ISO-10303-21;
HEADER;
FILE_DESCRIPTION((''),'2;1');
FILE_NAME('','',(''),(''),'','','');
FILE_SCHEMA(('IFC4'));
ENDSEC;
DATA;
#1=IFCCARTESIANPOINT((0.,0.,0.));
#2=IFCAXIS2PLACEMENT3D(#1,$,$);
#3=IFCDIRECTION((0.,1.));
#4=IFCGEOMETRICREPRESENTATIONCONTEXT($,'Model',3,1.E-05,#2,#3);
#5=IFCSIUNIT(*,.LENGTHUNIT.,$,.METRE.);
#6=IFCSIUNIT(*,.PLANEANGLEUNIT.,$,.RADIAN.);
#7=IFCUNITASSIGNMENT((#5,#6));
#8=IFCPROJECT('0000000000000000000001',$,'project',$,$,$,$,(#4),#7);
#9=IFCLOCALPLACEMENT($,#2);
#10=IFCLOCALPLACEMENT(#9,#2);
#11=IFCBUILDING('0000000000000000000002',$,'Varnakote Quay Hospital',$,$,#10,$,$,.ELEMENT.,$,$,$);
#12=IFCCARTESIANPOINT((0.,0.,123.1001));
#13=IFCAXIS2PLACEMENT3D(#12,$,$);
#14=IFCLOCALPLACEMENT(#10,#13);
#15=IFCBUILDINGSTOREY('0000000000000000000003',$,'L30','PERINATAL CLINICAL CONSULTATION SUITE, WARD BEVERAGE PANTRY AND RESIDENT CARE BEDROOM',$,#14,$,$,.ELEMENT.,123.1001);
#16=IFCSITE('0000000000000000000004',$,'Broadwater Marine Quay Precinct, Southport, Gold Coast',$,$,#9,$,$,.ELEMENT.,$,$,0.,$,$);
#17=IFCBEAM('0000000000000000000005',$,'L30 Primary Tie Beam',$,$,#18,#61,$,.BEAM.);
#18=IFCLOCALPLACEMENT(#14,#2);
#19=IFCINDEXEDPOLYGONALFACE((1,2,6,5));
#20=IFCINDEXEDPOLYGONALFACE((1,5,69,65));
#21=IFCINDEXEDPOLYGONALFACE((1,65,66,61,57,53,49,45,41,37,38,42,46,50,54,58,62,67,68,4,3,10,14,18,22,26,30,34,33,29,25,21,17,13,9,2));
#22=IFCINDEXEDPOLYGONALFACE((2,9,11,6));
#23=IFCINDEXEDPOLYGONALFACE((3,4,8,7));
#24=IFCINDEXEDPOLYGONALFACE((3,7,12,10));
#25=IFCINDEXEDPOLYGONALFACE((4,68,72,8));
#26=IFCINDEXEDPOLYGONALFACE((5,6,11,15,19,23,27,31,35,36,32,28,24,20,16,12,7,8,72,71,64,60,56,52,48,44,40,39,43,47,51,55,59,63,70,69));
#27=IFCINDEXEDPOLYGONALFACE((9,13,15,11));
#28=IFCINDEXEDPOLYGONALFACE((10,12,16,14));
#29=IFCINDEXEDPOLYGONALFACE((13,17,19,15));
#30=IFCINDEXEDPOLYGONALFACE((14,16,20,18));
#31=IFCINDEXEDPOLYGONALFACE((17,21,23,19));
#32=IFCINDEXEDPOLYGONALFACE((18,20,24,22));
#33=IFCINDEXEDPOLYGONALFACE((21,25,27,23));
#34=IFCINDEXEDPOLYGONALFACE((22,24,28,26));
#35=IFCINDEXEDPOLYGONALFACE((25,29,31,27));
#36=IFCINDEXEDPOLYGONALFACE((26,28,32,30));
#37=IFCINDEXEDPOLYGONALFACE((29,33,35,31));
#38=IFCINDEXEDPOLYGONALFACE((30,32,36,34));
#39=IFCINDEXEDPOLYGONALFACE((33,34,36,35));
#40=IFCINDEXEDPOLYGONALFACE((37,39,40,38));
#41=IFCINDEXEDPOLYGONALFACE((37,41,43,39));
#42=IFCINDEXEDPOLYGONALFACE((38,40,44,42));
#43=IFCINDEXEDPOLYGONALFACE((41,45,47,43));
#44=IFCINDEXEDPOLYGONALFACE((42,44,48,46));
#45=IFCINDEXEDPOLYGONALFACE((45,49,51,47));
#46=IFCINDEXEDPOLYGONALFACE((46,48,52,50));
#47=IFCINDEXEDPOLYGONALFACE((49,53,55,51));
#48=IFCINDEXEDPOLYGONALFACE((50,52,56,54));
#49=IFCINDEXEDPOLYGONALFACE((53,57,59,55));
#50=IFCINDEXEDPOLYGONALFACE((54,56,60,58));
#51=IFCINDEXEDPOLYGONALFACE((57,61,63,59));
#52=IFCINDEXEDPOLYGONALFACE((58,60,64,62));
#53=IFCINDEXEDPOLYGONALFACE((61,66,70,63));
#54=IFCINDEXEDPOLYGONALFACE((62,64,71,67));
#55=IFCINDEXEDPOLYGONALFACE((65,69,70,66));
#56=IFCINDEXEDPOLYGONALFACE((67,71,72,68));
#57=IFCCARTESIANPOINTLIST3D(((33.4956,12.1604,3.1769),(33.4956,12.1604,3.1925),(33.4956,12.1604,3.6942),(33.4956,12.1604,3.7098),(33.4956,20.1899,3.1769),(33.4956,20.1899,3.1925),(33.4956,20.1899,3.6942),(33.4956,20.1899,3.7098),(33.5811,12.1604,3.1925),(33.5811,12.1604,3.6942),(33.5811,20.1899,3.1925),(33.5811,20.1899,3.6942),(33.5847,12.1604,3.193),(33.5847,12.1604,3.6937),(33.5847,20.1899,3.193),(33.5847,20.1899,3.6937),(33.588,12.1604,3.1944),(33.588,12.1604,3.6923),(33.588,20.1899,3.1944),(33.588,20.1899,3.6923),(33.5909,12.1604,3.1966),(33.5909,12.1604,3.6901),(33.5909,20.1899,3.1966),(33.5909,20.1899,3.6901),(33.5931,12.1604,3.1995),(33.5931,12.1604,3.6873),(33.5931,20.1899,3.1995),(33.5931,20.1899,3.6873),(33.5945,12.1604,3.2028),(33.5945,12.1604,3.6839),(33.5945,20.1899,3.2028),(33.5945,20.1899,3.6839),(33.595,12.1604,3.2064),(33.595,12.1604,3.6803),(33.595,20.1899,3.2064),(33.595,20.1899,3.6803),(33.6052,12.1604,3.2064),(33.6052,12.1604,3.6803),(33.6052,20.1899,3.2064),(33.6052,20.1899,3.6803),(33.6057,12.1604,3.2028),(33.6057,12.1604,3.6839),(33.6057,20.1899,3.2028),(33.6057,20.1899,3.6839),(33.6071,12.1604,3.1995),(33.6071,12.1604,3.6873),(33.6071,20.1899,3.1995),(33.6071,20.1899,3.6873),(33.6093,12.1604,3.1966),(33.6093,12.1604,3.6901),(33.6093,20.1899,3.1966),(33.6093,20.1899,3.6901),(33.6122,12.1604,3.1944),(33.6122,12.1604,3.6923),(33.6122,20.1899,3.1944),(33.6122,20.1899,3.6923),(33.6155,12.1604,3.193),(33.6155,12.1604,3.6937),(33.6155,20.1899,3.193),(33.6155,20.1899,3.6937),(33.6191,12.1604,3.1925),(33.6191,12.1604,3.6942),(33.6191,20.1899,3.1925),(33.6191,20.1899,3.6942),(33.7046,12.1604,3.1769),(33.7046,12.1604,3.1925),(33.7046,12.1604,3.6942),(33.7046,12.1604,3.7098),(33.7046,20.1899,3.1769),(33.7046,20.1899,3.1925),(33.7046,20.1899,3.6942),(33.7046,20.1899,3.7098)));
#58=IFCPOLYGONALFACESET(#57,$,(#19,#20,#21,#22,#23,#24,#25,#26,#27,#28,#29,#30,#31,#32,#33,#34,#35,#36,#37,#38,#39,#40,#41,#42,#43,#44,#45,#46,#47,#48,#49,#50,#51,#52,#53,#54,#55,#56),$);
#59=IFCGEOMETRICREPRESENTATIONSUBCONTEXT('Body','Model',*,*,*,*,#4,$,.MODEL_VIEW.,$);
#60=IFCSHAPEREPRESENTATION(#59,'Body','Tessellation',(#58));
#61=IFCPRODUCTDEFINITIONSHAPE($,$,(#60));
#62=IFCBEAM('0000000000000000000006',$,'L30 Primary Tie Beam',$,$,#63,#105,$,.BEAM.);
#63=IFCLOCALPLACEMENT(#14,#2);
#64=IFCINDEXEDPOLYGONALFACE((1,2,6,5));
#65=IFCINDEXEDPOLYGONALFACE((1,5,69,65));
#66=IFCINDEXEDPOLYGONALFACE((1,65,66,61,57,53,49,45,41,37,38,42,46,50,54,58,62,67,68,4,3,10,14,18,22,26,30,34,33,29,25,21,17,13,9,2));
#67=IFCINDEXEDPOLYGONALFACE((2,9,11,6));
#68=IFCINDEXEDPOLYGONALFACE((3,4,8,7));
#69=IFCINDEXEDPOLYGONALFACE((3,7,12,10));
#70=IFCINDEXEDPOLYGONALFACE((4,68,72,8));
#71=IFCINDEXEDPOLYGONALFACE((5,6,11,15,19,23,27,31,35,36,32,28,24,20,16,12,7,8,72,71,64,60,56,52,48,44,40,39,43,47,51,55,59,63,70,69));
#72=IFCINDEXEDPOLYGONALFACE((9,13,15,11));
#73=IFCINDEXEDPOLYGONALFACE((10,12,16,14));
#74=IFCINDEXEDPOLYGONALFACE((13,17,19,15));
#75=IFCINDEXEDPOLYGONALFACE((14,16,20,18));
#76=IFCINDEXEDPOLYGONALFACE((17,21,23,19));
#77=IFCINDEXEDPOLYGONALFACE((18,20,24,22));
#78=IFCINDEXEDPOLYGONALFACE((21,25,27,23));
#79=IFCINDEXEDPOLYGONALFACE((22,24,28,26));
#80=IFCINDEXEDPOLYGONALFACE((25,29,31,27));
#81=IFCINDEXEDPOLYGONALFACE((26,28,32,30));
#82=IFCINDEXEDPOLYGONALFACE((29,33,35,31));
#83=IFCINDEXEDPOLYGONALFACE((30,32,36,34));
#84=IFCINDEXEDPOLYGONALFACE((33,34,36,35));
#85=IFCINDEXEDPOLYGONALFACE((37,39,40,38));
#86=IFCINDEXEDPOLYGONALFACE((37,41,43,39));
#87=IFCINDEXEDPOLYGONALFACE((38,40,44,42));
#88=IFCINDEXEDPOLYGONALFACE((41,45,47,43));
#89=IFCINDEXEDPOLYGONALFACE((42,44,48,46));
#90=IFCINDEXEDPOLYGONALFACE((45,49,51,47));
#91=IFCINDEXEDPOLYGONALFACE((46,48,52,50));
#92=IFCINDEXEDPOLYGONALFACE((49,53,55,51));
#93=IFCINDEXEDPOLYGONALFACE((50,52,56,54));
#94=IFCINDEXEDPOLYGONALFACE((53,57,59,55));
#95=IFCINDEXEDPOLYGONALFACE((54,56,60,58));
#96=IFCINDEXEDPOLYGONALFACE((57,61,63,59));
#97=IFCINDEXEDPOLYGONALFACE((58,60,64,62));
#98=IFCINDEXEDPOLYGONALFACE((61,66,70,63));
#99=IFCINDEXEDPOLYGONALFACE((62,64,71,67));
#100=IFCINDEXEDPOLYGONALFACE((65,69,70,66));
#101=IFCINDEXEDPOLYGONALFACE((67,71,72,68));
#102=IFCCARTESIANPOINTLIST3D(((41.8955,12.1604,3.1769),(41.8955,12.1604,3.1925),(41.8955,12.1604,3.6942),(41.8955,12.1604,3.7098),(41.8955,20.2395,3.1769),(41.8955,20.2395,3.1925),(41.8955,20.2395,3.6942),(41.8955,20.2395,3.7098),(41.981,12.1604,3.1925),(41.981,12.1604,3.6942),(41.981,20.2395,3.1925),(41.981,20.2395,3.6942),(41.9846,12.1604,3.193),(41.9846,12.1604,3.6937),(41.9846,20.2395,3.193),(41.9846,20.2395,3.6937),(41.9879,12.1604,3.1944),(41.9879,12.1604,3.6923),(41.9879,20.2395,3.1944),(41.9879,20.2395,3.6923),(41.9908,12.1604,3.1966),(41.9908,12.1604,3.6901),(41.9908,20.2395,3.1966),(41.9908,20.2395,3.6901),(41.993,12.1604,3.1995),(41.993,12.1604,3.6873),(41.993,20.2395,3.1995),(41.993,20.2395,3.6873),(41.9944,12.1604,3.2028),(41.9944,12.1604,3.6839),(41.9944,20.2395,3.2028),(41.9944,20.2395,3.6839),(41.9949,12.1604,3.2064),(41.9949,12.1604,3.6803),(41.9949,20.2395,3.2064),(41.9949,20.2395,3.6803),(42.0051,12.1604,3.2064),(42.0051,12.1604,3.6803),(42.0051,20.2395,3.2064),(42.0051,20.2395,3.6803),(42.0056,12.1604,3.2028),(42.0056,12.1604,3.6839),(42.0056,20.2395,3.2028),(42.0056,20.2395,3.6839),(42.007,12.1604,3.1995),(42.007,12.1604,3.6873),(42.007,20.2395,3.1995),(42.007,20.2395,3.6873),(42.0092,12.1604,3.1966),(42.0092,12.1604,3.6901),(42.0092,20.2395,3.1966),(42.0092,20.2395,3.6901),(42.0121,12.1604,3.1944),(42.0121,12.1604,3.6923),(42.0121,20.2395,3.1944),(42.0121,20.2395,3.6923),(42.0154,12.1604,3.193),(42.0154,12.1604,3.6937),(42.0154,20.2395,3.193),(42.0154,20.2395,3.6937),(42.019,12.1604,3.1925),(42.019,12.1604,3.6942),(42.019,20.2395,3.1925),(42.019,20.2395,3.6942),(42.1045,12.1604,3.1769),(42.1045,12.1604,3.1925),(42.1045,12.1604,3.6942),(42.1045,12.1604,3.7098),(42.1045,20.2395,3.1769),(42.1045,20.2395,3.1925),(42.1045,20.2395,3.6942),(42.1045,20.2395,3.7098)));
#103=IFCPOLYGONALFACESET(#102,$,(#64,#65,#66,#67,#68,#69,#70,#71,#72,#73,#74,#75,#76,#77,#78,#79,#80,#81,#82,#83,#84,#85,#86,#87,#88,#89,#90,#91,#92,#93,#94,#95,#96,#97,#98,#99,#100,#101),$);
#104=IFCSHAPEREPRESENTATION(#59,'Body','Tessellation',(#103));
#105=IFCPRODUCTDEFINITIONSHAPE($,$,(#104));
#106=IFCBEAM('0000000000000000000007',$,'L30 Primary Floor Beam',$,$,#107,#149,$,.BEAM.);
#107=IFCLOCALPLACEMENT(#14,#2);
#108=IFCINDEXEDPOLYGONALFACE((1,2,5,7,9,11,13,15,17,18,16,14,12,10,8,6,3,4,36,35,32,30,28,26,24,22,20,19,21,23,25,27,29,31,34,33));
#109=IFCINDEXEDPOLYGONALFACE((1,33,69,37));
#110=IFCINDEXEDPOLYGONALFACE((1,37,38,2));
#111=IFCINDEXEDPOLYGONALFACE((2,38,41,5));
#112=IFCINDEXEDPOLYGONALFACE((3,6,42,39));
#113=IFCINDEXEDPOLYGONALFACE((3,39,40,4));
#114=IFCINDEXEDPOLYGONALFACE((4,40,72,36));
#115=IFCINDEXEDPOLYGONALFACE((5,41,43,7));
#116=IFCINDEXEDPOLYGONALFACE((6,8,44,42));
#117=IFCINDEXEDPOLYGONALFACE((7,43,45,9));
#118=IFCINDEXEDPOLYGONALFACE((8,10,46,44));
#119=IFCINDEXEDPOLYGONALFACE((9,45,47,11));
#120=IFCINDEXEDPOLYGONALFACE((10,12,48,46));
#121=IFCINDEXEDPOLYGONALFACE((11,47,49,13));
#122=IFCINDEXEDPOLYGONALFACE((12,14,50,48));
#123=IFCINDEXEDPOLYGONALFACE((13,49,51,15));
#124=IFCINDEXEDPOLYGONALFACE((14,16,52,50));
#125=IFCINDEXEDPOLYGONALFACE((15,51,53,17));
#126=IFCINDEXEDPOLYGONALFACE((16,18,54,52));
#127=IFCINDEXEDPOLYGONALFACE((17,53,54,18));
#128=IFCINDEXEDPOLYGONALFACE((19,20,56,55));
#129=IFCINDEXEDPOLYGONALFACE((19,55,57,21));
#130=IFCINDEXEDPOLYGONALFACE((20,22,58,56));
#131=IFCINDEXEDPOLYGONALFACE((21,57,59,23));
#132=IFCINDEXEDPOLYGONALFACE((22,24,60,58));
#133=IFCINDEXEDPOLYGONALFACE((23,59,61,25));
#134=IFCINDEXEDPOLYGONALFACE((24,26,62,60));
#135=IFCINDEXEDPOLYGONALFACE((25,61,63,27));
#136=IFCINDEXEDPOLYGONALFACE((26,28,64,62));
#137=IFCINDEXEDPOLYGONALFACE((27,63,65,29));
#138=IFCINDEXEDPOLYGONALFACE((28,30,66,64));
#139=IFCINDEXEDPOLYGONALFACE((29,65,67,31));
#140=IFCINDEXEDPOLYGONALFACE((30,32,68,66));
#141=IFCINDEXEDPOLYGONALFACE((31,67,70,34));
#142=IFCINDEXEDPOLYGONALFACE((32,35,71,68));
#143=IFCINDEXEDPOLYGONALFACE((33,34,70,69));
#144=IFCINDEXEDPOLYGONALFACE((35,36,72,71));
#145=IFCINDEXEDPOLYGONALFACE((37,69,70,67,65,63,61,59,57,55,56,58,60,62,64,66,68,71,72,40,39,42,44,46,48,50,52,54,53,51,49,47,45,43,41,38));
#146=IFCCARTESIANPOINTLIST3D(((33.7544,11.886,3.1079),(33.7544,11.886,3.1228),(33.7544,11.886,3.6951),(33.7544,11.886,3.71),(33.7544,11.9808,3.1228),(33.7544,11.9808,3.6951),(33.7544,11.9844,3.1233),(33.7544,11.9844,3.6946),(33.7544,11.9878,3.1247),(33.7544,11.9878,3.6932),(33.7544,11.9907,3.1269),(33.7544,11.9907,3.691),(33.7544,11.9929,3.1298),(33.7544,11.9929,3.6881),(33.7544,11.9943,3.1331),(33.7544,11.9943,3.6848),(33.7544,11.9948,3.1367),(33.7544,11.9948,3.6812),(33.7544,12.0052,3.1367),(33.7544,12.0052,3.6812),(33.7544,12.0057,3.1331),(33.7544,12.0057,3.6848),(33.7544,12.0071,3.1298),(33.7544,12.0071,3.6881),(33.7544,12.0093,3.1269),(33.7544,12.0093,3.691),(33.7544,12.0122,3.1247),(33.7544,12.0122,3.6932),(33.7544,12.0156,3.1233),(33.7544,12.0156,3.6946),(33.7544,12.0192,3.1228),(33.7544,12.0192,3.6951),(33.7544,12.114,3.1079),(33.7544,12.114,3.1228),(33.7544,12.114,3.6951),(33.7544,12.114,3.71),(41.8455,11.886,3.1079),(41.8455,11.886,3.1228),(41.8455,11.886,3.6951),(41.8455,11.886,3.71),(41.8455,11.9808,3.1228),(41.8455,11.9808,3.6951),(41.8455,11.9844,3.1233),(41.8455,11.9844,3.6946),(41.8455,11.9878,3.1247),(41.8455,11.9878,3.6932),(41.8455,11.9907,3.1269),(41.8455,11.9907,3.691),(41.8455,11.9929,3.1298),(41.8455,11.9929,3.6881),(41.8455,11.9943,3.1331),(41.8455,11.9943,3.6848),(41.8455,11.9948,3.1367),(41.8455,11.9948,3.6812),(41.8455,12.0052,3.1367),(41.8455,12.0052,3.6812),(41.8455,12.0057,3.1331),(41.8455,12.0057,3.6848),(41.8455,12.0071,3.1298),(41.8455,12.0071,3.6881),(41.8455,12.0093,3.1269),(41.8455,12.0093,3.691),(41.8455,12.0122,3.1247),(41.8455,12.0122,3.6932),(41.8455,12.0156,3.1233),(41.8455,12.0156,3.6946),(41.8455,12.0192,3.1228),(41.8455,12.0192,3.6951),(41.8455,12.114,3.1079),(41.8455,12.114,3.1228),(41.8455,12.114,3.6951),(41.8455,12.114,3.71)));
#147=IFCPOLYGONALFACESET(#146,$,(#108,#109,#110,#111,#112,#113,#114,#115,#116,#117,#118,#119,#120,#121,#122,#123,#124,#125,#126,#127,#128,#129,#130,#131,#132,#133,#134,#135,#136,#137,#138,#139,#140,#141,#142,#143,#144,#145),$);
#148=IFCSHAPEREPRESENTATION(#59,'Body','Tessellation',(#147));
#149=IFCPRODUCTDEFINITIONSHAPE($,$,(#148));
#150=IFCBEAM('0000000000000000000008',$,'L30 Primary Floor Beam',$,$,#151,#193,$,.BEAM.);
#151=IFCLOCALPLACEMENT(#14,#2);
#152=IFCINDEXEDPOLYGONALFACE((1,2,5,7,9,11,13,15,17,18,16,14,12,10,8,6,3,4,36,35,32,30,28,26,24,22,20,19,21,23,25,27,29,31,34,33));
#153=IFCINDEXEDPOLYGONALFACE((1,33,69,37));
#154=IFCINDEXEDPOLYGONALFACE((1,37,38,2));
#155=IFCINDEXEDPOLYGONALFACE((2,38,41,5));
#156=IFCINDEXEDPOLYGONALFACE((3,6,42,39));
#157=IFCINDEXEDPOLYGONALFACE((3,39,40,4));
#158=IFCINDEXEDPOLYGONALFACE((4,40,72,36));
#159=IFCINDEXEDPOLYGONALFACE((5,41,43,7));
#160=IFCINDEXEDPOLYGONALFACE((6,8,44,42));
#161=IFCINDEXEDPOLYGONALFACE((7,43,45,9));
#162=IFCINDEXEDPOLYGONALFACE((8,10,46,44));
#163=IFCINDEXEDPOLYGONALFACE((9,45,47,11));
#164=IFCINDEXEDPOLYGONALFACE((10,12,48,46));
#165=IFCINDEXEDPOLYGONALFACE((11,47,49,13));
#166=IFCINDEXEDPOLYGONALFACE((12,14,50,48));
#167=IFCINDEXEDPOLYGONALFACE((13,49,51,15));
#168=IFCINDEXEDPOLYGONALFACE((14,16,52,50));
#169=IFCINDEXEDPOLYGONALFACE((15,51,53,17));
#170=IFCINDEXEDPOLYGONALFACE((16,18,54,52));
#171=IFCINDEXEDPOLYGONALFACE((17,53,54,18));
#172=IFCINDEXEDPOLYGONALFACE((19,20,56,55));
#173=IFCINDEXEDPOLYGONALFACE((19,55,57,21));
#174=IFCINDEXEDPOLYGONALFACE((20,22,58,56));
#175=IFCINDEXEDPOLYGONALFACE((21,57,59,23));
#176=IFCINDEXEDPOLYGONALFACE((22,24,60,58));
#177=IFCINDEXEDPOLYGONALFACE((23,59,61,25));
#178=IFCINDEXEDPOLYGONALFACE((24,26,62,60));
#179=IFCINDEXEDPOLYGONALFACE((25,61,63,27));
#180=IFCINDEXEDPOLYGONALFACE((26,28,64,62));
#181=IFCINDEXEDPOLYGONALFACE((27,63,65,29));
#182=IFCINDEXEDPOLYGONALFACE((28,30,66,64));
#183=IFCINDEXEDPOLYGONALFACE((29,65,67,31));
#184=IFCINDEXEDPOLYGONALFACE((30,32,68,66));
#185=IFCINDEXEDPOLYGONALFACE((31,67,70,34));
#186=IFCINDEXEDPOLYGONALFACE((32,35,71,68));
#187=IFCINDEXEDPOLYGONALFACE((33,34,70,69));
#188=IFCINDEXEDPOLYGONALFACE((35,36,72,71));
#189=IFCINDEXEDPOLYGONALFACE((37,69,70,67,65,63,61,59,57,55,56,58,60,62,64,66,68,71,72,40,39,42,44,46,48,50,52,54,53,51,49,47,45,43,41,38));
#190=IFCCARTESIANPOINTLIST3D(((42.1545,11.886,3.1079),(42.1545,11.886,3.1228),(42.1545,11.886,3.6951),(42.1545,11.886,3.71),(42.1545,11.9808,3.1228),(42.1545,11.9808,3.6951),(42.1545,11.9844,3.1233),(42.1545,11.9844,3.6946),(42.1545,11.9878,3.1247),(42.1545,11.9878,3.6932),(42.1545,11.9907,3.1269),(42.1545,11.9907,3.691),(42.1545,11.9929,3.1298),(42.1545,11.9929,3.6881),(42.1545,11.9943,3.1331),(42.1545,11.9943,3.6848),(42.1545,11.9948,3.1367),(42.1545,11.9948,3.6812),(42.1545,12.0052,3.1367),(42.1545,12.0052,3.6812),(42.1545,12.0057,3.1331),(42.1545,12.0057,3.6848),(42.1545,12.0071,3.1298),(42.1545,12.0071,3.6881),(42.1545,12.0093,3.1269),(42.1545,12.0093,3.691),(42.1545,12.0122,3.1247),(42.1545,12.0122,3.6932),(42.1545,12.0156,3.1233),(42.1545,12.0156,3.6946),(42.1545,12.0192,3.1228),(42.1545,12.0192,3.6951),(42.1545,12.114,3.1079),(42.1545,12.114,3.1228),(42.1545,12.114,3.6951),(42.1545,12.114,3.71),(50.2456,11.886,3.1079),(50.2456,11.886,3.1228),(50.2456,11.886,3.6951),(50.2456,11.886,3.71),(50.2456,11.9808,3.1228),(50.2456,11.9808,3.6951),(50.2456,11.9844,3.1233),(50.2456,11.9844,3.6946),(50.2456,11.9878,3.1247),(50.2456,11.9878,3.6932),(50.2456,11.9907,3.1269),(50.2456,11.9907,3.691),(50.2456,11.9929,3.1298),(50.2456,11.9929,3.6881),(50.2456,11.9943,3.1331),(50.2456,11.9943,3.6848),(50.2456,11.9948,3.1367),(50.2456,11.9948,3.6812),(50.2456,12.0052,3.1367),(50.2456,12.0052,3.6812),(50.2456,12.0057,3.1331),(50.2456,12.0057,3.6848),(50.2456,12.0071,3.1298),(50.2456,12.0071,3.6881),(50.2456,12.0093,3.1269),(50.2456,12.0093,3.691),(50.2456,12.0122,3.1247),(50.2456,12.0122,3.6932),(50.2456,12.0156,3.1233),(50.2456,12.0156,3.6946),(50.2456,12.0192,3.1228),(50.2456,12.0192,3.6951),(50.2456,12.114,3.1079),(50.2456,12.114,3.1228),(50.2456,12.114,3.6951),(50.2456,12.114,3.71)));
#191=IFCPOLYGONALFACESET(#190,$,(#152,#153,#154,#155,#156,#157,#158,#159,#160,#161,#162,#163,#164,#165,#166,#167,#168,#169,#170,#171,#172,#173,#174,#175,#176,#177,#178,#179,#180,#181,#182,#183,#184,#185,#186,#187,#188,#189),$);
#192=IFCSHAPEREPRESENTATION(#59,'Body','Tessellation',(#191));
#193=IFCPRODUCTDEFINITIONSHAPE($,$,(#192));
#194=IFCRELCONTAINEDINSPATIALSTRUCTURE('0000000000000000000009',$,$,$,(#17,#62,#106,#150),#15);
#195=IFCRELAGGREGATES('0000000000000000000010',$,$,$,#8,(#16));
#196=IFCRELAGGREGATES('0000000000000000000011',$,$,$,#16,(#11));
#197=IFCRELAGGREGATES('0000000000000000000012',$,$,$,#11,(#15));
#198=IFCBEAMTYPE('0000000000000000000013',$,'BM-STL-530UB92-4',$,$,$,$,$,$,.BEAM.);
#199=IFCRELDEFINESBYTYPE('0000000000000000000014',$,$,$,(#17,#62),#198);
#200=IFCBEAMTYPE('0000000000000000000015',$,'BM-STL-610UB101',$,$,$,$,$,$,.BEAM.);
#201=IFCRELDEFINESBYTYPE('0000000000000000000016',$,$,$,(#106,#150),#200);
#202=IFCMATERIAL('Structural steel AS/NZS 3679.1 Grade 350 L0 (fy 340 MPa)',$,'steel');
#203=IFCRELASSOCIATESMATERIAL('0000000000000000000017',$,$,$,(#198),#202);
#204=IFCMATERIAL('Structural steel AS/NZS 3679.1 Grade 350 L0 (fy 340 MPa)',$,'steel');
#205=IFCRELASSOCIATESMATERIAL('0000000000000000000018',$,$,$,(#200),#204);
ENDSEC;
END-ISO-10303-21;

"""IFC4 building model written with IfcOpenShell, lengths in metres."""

from ifc_helpers import new_model, si_unit, direction, frame, origin, origin_2d, place, context, subcontext, project, spatial, i_section, extrude, material, material_profile, profile_set, type_object, element, save


model = new_model("IFC4")

# Units and contexts
model_context = context("Model", 3, precision=1e-05, world=origin(), true_north=direction((0.0, 1.0)))
body_context = subcontext(model_context, "Body", "Model", "MODEL_VIEW")
ifc_project = project(units=[si_unit("LENGTHUNIT", "METRE"), si_unit("PLANEANGLEUNIT", "RADIAN")], contexts=[model_context])

# Site, building, storey
site_placement = place(None, origin())
site = spatial("IfcSite", under=ifc_project, at=site_placement, Name="Broadwater Marine Quay Precinct, Southport, Gold Coast", CompositionType="ELEMENT", RefElevation=0.0)
building_placement = place(site_placement, origin())
building = spatial("IfcBuilding", under=site, at=building_placement, Name="Varnakote Quay Hospital", CompositionType="ELEMENT")
storey_placement = place(building_placement, frame((0.0, 0.0, 123.1001)))
storey = spatial("IfcBuildingStorey", under=building, at=storey_placement, Name="L30", Description="PERINATAL CLINICAL CONSULTATION SUITE, WARD BEVERAGE PANTRY AND RESIDENT CARE BEDROOM", CompositionType="ELEMENT", Elevation=123.1001)

# Beams
ifc_material_1 = material(Name="Structural steel AS/NZS 3679.1 Grade 350 L0 (fy 340 MPa)", Category="steel")
ifc_material_profile_1 = material_profile(ifc_material_1, i_section(OverallWidth=0.209, OverallDepth=0.533, WebThickness=0.0103, FlangeThickness=0.0156, FilletRadius=0.0139, at=origin_2d()), Name="530UB92.4")
ifc_profile_set_1 = profile_set([ifc_material_profile_1], Name="Structural steel AS/NZS 3679.1 Grade 350 L0 (fy 340 MPa)")
beam_type_1 = type_object("IfcBeamType", Name="BM-STL-530UB92-4", PredefinedType="BEAM", material=ifc_profile_set_1)
beam_1_placement = place(storey_placement, frame((33.6001, 12.1604, 3.4434), z_axis=(0.0, 1.0, 0.0), x_axis=(-1.0, 0.0, 0.0)))
element("IfcBeam", 1, at=beam_1_placement, inside=storey, type_object=beam_type_1, Name="L30 Primary Tie Beam", PredefinedType="BEAM", context=body_context, shape_type="SweptSolid", body=[
    extrude(i_section(OverallWidth=0.209, OverallDepth=0.533, WebThickness=0.0103, FlangeThickness=0.0156, FilletRadius=0.0139, at=origin_2d()), origin(), (0.0, 0.0, 1.0), 8.0295),
])
beam_2_placement = place(storey_placement, frame((42.0, 12.1604, 3.4434), z_axis=(0.0, 1.0, 0.0), x_axis=(-1.0, 0.0, 0.0)))
element("IfcBeam", 2, at=beam_2_placement, inside=storey, type_object=beam_type_1, Name="L30 Primary Tie Beam", PredefinedType="BEAM", context=body_context, shape_type="SweptSolid", body=[
    extrude(i_section(OverallWidth=0.209, OverallDepth=0.533, WebThickness=0.0103, FlangeThickness=0.0156, FilletRadius=0.0139, at=origin_2d()), origin(), (0.0, 0.0, 1.0), 8.0791),
])
ifc_material_2 = material(Name="Structural steel AS/NZS 3679.1 Grade 350 L0 (fy 340 MPa)", Category="steel")
ifc_material_profile_2 = material_profile(ifc_material_2, i_section(OverallWidth=0.228, OverallDepth=0.6021, WebThickness=0.0105, FlangeThickness=0.0149, FilletRadius=0.0139, at=origin_2d()), Name="610UB101")
ifc_profile_set_2 = profile_set([ifc_material_profile_2], Name="Structural steel AS/NZS 3679.1 Grade 350 L0 (fy 340 MPa)")
beam_type_2 = type_object("IfcBeamType", Name="BM-STL-610UB101", PredefinedType="BEAM", material=ifc_profile_set_2)
for number, where, z_axis, x_axis, name in (
    (3, (33.7544, 12.0, 3.4089), (1.0, 0.0, 0.0), (0.0, 1.0, 0.0), "L30 Primary Floor Beam"),
    (4, (42.1545, 12.0, 3.4089), (1.0, 0.0, 0.0), (0.0, 1.0, 0.0), "L30 Primary Floor Beam"),
):
    element("IfcBeam", number, at=place(storey_placement, frame(where, z_axis=z_axis, x_axis=x_axis)), inside=storey, type_object=beam_type_2, Name=name, PredefinedType="BEAM", context=body_context, shape_type="SweptSolid", body=[
        extrude(i_section(OverallWidth=0.228, OverallDepth=0.6021, WebThickness=0.0105, FlangeThickness=0.0149, FilletRadius=0.0139, at=origin_2d()), origin(), (0.0, 0.0, 1.0), 8.0911),
    ])

save(model, "model.ifc")
